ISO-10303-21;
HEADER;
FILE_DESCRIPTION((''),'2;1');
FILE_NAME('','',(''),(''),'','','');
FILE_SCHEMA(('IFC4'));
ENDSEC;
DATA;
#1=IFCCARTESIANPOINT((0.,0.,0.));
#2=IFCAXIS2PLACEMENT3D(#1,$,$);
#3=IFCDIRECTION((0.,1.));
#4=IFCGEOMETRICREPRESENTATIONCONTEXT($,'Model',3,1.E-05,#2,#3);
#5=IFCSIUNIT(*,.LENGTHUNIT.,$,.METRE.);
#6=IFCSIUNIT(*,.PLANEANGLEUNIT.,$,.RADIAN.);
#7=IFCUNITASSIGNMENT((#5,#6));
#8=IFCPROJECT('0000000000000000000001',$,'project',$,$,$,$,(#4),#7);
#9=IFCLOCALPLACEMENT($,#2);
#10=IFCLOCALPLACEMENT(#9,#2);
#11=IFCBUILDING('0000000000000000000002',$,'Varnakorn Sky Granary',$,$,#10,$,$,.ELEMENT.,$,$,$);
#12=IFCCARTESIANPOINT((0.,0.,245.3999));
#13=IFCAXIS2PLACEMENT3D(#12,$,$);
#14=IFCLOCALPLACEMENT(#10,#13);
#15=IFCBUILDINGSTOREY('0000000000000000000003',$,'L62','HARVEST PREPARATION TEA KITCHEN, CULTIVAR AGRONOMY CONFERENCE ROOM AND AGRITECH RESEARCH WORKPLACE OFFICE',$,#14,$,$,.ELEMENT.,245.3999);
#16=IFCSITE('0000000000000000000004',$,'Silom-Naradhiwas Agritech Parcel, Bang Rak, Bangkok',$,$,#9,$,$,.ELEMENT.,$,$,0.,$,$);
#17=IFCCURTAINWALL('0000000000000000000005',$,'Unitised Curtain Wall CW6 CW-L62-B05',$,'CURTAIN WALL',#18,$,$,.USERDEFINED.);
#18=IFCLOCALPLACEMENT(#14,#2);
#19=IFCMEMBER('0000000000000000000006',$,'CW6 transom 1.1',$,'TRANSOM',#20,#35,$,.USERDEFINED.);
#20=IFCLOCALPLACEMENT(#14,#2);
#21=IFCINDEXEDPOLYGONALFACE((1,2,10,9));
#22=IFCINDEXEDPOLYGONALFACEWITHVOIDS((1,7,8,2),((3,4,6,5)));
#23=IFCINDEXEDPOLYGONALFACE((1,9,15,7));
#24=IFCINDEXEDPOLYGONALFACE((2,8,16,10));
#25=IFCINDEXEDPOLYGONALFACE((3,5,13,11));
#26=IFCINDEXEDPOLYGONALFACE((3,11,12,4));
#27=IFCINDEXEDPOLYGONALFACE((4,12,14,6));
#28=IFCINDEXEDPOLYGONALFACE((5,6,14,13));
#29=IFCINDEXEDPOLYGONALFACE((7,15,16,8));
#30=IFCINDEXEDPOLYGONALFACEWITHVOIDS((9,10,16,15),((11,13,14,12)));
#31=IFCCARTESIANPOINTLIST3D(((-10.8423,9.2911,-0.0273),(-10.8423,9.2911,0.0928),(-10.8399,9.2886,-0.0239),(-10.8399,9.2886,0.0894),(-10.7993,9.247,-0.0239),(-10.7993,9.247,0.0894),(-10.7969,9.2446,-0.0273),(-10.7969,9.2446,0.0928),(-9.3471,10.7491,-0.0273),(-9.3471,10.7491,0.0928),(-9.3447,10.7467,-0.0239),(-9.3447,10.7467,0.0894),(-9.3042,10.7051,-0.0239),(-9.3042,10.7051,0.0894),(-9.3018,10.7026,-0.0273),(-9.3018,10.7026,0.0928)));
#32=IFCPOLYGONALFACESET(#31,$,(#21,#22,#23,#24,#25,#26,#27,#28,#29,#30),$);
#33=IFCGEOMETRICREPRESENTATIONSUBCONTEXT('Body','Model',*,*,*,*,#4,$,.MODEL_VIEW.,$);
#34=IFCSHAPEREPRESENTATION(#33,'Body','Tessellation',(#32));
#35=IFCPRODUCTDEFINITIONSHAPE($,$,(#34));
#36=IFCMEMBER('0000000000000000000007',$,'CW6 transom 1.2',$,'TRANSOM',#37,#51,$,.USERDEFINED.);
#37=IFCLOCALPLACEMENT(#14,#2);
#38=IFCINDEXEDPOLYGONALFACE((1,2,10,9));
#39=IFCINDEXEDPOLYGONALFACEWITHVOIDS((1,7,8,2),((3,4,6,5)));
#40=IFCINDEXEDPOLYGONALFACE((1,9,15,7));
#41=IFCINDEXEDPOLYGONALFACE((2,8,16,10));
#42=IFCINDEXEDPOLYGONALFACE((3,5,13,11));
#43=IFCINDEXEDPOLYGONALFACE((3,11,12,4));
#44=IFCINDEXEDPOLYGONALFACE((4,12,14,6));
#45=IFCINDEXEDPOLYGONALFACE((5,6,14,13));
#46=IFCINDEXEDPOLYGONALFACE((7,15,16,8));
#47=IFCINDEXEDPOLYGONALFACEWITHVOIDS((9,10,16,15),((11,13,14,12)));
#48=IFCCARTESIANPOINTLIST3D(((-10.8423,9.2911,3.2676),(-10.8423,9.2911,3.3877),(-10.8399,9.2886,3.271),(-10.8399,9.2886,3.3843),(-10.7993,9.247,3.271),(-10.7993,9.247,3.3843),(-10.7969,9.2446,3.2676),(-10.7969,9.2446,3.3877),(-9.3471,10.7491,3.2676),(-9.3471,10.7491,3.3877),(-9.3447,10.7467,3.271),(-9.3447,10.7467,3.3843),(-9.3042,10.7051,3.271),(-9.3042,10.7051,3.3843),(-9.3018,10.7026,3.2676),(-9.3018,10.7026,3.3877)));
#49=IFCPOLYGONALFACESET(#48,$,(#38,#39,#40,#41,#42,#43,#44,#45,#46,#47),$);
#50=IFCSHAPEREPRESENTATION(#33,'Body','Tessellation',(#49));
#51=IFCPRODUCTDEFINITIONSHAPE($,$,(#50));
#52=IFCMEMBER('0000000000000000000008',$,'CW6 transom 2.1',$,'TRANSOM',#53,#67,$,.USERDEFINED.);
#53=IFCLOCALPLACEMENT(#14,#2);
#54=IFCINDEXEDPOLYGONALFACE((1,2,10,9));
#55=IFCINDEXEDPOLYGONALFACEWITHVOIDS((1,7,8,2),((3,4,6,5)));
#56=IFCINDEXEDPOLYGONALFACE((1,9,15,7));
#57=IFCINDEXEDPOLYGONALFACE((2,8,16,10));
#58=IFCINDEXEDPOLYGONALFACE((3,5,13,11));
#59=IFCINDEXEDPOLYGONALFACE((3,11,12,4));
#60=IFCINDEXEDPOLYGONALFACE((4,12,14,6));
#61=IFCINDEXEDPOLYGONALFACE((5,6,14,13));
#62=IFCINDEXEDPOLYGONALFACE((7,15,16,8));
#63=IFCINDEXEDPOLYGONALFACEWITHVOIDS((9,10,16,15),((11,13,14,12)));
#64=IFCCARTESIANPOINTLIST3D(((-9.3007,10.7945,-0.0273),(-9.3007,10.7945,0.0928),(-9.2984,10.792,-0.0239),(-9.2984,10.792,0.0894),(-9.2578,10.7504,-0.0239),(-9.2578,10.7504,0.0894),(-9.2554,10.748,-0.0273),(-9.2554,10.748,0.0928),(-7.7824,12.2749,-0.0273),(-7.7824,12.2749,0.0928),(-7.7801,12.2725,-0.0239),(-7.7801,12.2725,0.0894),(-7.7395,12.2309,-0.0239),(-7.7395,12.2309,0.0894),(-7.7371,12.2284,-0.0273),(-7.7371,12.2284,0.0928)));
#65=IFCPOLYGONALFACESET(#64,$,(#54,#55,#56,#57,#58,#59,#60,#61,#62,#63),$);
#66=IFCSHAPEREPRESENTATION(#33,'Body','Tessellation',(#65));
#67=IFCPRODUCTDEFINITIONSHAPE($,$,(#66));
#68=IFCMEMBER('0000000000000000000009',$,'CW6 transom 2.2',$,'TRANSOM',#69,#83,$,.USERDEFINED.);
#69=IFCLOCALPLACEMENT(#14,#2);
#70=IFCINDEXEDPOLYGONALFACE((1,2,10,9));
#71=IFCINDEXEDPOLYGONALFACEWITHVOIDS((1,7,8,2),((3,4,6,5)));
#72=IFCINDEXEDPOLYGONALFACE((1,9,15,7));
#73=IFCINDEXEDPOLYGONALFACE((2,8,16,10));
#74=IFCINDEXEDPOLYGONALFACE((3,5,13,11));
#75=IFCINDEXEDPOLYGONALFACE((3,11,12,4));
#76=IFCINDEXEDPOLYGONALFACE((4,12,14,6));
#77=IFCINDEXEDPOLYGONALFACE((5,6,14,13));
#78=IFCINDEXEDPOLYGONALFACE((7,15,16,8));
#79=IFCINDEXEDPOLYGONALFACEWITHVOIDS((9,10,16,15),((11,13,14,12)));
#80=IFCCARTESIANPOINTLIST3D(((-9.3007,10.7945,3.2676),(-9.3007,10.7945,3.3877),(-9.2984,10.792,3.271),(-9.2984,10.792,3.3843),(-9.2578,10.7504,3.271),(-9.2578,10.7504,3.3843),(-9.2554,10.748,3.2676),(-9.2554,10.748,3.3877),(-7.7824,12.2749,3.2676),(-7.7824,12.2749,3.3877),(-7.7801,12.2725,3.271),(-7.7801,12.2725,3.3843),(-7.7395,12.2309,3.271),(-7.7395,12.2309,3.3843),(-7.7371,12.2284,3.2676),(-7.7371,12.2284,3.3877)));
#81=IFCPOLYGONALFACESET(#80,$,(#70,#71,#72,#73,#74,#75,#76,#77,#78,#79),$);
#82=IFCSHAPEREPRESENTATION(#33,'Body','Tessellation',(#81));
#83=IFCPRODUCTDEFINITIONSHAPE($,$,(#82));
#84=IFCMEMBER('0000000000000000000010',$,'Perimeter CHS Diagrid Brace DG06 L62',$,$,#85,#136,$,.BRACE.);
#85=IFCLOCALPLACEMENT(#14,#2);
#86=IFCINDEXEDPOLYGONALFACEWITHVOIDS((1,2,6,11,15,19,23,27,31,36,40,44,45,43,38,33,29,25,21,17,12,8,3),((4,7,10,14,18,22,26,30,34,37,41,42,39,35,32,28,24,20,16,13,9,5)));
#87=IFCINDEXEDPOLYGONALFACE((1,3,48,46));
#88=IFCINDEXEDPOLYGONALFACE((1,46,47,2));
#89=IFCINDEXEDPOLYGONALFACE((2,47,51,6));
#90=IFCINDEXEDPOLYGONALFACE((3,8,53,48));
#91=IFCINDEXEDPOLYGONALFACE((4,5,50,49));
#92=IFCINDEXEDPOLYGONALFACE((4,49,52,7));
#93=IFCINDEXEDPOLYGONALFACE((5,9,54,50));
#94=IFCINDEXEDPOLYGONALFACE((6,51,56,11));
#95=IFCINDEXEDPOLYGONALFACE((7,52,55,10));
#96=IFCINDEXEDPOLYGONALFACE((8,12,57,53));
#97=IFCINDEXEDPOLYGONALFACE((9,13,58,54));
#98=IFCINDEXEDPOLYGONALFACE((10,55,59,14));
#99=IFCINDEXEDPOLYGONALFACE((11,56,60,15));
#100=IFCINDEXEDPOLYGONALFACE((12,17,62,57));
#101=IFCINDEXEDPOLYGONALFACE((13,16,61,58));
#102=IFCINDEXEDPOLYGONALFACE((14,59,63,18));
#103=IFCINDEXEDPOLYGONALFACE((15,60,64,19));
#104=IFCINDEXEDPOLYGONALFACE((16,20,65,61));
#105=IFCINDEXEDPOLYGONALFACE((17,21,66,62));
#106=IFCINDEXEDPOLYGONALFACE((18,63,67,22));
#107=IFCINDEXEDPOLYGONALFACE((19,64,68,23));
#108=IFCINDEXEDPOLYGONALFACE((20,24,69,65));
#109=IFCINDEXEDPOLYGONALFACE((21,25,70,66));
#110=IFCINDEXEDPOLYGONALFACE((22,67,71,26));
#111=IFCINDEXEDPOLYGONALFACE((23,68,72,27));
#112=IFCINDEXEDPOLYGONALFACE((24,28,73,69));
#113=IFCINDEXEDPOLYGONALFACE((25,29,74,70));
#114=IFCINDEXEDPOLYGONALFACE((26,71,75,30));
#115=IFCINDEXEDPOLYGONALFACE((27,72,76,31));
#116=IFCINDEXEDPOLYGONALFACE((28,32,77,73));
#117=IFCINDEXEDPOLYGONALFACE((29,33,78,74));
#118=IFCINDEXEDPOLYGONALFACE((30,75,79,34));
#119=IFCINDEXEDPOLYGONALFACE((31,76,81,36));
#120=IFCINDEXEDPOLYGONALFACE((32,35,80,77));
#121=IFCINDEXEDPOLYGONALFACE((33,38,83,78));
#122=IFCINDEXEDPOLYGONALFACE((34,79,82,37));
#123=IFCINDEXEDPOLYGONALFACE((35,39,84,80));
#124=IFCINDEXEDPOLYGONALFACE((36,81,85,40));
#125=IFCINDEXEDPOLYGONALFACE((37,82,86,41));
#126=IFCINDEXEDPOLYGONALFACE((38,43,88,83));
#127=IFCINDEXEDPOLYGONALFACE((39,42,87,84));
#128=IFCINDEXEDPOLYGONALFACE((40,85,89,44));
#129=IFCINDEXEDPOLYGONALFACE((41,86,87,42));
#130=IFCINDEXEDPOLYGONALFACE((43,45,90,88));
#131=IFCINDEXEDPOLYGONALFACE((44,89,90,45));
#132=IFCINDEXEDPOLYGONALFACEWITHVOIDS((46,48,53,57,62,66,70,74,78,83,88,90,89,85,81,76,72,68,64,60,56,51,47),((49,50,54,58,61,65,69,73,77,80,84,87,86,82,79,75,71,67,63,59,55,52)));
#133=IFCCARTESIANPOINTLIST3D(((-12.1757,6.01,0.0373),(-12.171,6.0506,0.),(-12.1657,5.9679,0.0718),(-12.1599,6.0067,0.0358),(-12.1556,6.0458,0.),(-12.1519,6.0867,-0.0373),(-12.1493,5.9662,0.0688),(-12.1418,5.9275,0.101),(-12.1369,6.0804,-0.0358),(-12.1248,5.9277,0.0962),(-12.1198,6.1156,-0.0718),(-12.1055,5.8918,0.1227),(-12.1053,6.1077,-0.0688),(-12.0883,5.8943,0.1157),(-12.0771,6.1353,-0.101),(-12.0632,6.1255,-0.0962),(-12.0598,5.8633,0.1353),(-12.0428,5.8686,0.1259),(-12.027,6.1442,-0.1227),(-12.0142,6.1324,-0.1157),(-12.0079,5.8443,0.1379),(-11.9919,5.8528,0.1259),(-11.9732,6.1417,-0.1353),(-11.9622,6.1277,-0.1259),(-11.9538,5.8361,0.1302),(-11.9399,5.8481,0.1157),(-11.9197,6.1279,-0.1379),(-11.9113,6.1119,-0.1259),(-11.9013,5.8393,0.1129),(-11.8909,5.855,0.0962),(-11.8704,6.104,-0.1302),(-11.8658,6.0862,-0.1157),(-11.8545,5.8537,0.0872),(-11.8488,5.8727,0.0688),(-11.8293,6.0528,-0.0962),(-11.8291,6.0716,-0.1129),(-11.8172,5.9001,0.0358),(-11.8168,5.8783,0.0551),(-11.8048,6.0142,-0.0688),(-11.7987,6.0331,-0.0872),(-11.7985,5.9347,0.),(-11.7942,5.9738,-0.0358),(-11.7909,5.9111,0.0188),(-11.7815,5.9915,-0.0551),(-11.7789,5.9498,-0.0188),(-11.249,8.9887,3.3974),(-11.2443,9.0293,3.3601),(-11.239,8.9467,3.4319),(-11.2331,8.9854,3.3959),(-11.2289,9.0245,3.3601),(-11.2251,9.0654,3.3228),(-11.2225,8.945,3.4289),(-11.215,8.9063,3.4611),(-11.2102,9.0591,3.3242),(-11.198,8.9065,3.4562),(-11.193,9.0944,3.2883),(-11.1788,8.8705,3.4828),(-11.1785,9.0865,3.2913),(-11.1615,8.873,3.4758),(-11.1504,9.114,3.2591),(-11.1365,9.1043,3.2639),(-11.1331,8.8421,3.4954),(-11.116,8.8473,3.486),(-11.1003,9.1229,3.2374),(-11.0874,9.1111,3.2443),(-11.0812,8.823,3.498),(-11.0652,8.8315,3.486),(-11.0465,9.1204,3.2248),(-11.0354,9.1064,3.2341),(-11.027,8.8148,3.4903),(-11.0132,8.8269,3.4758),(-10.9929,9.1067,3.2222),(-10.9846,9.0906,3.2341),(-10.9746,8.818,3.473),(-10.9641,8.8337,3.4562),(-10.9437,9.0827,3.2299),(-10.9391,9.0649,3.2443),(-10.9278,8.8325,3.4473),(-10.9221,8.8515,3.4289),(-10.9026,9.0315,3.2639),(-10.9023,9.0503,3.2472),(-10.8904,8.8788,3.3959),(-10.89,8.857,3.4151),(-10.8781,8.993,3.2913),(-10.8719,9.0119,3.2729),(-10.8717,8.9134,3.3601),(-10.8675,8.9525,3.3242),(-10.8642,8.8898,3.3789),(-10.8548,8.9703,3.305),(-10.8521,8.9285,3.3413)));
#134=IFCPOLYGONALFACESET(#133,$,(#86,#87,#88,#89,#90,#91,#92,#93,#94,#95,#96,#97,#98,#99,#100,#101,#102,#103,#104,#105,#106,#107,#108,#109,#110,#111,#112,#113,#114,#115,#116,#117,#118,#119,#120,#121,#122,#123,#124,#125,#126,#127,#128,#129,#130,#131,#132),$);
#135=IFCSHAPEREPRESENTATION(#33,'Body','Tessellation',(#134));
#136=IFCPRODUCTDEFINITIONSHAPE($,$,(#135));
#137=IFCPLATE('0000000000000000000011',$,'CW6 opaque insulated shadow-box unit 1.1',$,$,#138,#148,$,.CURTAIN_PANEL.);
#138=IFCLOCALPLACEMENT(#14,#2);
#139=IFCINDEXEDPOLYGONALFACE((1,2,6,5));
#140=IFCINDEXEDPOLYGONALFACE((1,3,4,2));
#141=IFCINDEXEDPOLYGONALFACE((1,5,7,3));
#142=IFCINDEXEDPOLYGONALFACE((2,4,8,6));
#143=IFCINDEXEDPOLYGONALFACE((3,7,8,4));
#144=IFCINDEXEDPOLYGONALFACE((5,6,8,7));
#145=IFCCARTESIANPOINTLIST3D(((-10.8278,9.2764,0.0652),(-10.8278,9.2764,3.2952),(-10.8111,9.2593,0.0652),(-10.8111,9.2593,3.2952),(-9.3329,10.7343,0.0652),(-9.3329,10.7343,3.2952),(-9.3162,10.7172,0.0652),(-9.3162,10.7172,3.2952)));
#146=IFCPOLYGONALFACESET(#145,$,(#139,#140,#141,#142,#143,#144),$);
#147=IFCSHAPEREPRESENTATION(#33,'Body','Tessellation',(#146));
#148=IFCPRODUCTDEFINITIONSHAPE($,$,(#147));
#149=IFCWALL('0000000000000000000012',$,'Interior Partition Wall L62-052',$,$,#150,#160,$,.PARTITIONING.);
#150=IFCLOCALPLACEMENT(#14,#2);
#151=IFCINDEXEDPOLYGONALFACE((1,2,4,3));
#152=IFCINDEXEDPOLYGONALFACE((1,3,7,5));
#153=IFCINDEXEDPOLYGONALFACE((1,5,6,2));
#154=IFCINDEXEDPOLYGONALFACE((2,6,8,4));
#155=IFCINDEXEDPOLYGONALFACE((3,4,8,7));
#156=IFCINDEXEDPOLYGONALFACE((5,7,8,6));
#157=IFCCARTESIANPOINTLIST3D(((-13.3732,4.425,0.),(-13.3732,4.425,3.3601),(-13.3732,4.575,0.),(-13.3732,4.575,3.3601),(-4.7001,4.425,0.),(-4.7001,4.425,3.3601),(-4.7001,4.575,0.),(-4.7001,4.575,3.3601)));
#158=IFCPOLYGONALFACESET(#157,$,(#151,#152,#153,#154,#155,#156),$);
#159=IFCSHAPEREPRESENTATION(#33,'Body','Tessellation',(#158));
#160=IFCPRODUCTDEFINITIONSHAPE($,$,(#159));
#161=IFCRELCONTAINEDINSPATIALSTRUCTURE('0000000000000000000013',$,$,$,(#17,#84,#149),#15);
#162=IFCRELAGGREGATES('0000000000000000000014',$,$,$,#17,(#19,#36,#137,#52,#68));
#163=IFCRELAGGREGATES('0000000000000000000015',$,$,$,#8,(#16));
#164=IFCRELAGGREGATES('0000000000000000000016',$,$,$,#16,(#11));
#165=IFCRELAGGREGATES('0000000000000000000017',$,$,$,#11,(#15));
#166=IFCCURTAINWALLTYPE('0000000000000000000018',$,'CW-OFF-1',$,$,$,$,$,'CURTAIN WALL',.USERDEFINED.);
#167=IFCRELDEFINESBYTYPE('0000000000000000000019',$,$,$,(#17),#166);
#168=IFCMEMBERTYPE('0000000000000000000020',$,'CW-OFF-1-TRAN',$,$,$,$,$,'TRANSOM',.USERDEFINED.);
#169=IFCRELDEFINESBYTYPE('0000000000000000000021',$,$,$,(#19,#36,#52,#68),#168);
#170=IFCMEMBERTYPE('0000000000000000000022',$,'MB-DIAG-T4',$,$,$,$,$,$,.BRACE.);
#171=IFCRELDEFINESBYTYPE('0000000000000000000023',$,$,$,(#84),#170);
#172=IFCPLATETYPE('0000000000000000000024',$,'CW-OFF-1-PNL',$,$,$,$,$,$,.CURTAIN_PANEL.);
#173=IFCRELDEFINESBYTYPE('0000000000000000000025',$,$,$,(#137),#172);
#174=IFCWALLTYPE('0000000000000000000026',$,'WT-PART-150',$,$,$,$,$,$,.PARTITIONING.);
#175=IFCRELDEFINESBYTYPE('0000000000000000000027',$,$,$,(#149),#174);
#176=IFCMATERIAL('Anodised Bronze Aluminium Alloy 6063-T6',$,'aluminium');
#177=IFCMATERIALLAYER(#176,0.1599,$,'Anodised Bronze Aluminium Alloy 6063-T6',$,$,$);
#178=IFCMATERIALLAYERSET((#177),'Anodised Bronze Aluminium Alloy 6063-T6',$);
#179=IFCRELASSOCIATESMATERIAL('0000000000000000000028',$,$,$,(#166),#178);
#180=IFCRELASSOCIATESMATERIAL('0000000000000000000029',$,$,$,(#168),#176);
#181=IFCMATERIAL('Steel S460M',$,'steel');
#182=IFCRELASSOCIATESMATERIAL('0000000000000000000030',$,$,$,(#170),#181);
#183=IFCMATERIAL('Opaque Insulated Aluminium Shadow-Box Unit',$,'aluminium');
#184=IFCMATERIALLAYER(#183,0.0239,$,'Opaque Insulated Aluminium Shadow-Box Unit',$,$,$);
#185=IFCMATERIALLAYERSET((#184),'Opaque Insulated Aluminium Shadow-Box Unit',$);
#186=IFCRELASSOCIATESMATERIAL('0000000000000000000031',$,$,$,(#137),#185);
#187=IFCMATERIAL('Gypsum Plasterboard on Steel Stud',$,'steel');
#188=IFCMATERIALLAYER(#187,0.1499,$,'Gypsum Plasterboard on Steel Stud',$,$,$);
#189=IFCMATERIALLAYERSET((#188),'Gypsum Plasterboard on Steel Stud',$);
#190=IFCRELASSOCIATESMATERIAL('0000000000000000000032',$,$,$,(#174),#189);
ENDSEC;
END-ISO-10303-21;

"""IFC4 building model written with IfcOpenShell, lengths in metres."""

from ifc_helpers import new_model, si_unit, direction, frame, frame_2d, origin, origin_2d, place, context, subcontext, project, spatial, rectangle, hollow_rectangle, hollow_circle, extrude, source, transform, mapped, material, layer, layer_set, material_profile, profile_set, type_object, type_shapes, element, aggregate, save


model = new_model("IFC4")

# Units and contexts
model_context = context("Model", 3, precision=1e-05, world=origin(), true_north=direction((0.0, 1.0)))
body_context = subcontext(model_context, "Body", "Model", "MODEL_VIEW")
ifc_project = project(units=[si_unit("LENGTHUNIT", "METRE"), si_unit("PLANEANGLEUNIT", "RADIAN")], contexts=[model_context])

# Site, building, storey
site_placement = place(None, origin())
site = spatial("IfcSite", under=ifc_project, at=site_placement, Name="Silom-Naradhiwas Agritech Parcel, Bang Rak, Bangkok", CompositionType="ELEMENT", RefElevation=0.0)
building_placement = place(site_placement, origin())
building = spatial("IfcBuilding", under=site, at=building_placement, Name="Varnakorn Sky Granary", CompositionType="ELEMENT")
storey_placement = place(building_placement, frame((0.0, 0.0, 245.3999)))
storey = spatial("IfcBuildingStorey", under=building, at=storey_placement, Name="L62", Description="HARVEST PREPARATION TEA KITCHEN, CULTIVAR AGRONOMY CONFERENCE ROOM AND AGRITECH RESEARCH WORKPLACE OFFICE", CompositionType="ELEMENT", Elevation=245.3999)

# Shared definitions
ifc_material_1 = material(Name="Steel S460M", Category="steel")

# Curtain wall, members
ifc_material_2 = material(Name="Anodised Bronze Aluminium Alloy 6063-T6", Category="aluminium")
ifc_layer_1 = layer(ifc_material_2, 0.1599, Name="Anodised Bronze Aluminium Alloy 6063-T6")
ifc_layer_set_1 = layer_set([ifc_layer_1], Name="Anodised Bronze Aluminium Alloy 6063-T6")
curtain_wall_type = type_object("IfcCurtainWallType", Name="CW-OFF-1", ElementType="CURTAIN WALL", PredefinedType="USERDEFINED", material=ifc_layer_set_1)
curtain_wall_placement = place(storey_placement, origin())
curtain_wall = element("IfcCurtainWall", 1, at=curtain_wall_placement, inside=storey, type_object=curtain_wall_type, Name="Unitised Curtain Wall CW6 CW-L62-B05", ObjectType="CURTAIN WALL", PredefinedType="USERDEFINED")
ifc_material_profile_1 = material_profile(ifc_material_2, hollow_rectangle(XDim=0.0649, YDim=0.1201, WallThickness=0.0034, at=origin_2d()), Name="ALU TRAN 65x120")
ifc_profile_set_1 = profile_set([ifc_material_profile_1], Name="Anodised Bronze Aluminium Alloy 6063-T6")
member_type_1 = type_object("IfcMemberType", Name="CW-OFF-1-TRAN", ElementType="TRANSOM", PredefinedType="USERDEFINED", material=ifc_profile_set_1)
member_1_placement = place(storey_placement, frame((-10.8196, 9.2678, 0.0327), z_axis=(0.715936, 0.698166, 0.0), x_axis=(-0.698166, 0.715936, 0.0)))
member_1 = element("IfcMember", 2, at=member_1_placement, type_object=member_type_1, Name="CW6 transom 1.1", ObjectType="TRANSOM", PredefinedType="USERDEFINED", context=body_context, shape_type="SweptSolid", body=[
    extrude(hollow_rectangle(XDim=0.0649, YDim=0.1201, WallThickness=0.0034, at=origin_2d()), origin(), (0.0, 0.0, 1.0), 2.0884),
])
member_2_placement = place(storey_placement, frame((-10.8196, 9.2678, 3.3276), z_axis=(0.715936, 0.698166, 0.0), x_axis=(-0.698166, 0.715936, 0.0)))
member_2 = element("IfcMember", 3, at=member_2_placement, type_object=member_type_1, Name="CW6 transom 1.2", ObjectType="TRANSOM", PredefinedType="USERDEFINED", context=body_context, shape_type="SweptSolid", body=[
    extrude(hollow_rectangle(XDim=0.0649, YDim=0.1201, WallThickness=0.0034, at=origin_2d()), origin(), (0.0, 0.0, 1.0), 2.0884),
])
member_3_placement = place(storey_placement, frame((-9.2781, 10.7712, 0.0327), z_axis=(0.715973, 0.698128, 0.0), x_axis=(-0.698128, 0.715973, 0.0)))
member_3 = element("IfcMember", 4, at=member_3_placement, type_object=member_type_1, Name="CW6 transom 2.1", ObjectType="TRANSOM", PredefinedType="USERDEFINED", context=body_context, shape_type="SweptSolid", body=[
    extrude(hollow_rectangle(XDim=0.0649, YDim=0.1201, WallThickness=0.0034, at=origin_2d()), origin(), (0.0, 0.0, 1.0), 2.1206),
])
member_4_placement = place(storey_placement, frame((-9.2781, 10.7712, 3.3276), z_axis=(0.715973, 0.698128, 0.0), x_axis=(-0.698128, 0.715973, 0.0)))
member_4 = element("IfcMember", 5, at=member_4_placement, type_object=member_type_1, Name="CW6 transom 2.2", ObjectType="TRANSOM", PredefinedType="USERDEFINED", context=body_context, shape_type="SweptSolid", body=[
    extrude(hollow_rectangle(XDim=0.0649, YDim=0.1201, WallThickness=0.0034, at=origin_2d()), origin(), (0.0, 0.0, 1.0), 2.1206),
])

# Member
ifc_material_profile_2 = material_profile(ifc_material_1, hollow_circle(Radius=0.2031, WallThickness=0.0161, at=origin_2d()), Name="CHS 406.4x16")
ifc_profile_set_2 = profile_set([ifc_material_profile_2], Name="Steel S460M")
member_type_2 = type_object("IfcMemberType", Name="MB-DIAG-T4", PredefinedType="BRACE", material=ifc_profile_set_2)
member_5_placement = place(storey_placement, frame((-11.9771, 5.9902, 0.0), z_axis=(0.202128, 0.649675, 0.732848), x_axis=(-0.954854, 0.297076, 0.0)))
element("IfcMember", 6, at=member_5_placement, inside=storey, type_object=member_type_2, Name="Perimeter CHS Diagrid Brace DG06 L62", PredefinedType="BRACE", context=body_context, shape_type="SweptSolid", body=[
    extrude(hollow_circle(Radius=0.2031, WallThickness=0.0161, at=origin_2d()), origin(), (0.0, 0.0, 1.0), 4.585),
])

# Plate
ifc_material_3 = material(Name="Opaque Insulated Aluminium Shadow-Box Unit", Category="aluminium")
ifc_layer_2 = layer(ifc_material_3, 0.0239, Name="Opaque Insulated Aluminium Shadow-Box Unit")
ifc_layer_set_2 = layer_set([ifc_layer_2], Name="Opaque Insulated Aluminium Shadow-Box Unit")
plate_type = type_object("IfcPlateType", Name="CW-OFF-1-PNL", PredefinedType="CURTAIN_PANEL")
shared_shape_1 = source(origin(), body_context, "Body", "SweptSolid", [
    extrude(rectangle(XDim=2.0881, YDim=0.0239, at=origin_2d()), origin(), (0.0, 0.0, 1.0), 3.23),
])
type_shapes(plate_type, [shared_shape_1])
plate_placement = place(storey_placement, frame((-10.072, 9.9968, 0.0652), z_axis=(0.0, 0.0, 1.0), x_axis=(0.715922, 0.698181, 0.0)))
plate = element("IfcPlate", 7, at=plate_placement, type_object=plate_type, material=ifc_layer_set_2, Name="CW6 opaque insulated shadow-box unit 1.1", PredefinedType="CURTAIN_PANEL", context=body_context, shape_type="MappedRepresentation", body=[
    mapped(shared_shape_1, transform((0.0, 0.0, 0.0), x_axis=(1.0, 0.0, 0.0), y_axis=(0.0, 1.0, 0.0), z_axis=(0.0, 0.0, 1.0), scale=1.0)),
])
aggregate(curtain_wall, [member_1, member_2, plate, member_3, member_4])

# Wall
ifc_material_4 = material(Name="Gypsum Plasterboard on Steel Stud", Category="steel")
ifc_layer_3 = layer(ifc_material_4, 0.1499, Name="Gypsum Plasterboard on Steel Stud")
ifc_layer_set_3 = layer_set([ifc_layer_3], Name="Gypsum Plasterboard on Steel Stud")
wall_type_1 = type_object("IfcWallType", Name="WT-PART-150", PredefinedType="PARTITIONING", material=ifc_layer_set_3)
wall_1_placement = place(storey_placement, frame((-13.373, 4.5, 0.0), z_axis=(0.0, 0.0, 1.0), x_axis=(1.0, 0.0, 0.0)))
element("IfcWall", 8, at=wall_1_placement, inside=storey, type_object=wall_type_1, Name="Interior Partition Wall L62-052", PredefinedType="PARTITIONING", context=body_context, shape_type="SweptSolid", body=[
    extrude(rectangle(XDim=8.6731, YDim=0.1499, at=frame_2d((4.3364, 0.0))), origin(), (0.0, 0.0, 1.0), 3.3601),
])

save(model, "model.ifc")
